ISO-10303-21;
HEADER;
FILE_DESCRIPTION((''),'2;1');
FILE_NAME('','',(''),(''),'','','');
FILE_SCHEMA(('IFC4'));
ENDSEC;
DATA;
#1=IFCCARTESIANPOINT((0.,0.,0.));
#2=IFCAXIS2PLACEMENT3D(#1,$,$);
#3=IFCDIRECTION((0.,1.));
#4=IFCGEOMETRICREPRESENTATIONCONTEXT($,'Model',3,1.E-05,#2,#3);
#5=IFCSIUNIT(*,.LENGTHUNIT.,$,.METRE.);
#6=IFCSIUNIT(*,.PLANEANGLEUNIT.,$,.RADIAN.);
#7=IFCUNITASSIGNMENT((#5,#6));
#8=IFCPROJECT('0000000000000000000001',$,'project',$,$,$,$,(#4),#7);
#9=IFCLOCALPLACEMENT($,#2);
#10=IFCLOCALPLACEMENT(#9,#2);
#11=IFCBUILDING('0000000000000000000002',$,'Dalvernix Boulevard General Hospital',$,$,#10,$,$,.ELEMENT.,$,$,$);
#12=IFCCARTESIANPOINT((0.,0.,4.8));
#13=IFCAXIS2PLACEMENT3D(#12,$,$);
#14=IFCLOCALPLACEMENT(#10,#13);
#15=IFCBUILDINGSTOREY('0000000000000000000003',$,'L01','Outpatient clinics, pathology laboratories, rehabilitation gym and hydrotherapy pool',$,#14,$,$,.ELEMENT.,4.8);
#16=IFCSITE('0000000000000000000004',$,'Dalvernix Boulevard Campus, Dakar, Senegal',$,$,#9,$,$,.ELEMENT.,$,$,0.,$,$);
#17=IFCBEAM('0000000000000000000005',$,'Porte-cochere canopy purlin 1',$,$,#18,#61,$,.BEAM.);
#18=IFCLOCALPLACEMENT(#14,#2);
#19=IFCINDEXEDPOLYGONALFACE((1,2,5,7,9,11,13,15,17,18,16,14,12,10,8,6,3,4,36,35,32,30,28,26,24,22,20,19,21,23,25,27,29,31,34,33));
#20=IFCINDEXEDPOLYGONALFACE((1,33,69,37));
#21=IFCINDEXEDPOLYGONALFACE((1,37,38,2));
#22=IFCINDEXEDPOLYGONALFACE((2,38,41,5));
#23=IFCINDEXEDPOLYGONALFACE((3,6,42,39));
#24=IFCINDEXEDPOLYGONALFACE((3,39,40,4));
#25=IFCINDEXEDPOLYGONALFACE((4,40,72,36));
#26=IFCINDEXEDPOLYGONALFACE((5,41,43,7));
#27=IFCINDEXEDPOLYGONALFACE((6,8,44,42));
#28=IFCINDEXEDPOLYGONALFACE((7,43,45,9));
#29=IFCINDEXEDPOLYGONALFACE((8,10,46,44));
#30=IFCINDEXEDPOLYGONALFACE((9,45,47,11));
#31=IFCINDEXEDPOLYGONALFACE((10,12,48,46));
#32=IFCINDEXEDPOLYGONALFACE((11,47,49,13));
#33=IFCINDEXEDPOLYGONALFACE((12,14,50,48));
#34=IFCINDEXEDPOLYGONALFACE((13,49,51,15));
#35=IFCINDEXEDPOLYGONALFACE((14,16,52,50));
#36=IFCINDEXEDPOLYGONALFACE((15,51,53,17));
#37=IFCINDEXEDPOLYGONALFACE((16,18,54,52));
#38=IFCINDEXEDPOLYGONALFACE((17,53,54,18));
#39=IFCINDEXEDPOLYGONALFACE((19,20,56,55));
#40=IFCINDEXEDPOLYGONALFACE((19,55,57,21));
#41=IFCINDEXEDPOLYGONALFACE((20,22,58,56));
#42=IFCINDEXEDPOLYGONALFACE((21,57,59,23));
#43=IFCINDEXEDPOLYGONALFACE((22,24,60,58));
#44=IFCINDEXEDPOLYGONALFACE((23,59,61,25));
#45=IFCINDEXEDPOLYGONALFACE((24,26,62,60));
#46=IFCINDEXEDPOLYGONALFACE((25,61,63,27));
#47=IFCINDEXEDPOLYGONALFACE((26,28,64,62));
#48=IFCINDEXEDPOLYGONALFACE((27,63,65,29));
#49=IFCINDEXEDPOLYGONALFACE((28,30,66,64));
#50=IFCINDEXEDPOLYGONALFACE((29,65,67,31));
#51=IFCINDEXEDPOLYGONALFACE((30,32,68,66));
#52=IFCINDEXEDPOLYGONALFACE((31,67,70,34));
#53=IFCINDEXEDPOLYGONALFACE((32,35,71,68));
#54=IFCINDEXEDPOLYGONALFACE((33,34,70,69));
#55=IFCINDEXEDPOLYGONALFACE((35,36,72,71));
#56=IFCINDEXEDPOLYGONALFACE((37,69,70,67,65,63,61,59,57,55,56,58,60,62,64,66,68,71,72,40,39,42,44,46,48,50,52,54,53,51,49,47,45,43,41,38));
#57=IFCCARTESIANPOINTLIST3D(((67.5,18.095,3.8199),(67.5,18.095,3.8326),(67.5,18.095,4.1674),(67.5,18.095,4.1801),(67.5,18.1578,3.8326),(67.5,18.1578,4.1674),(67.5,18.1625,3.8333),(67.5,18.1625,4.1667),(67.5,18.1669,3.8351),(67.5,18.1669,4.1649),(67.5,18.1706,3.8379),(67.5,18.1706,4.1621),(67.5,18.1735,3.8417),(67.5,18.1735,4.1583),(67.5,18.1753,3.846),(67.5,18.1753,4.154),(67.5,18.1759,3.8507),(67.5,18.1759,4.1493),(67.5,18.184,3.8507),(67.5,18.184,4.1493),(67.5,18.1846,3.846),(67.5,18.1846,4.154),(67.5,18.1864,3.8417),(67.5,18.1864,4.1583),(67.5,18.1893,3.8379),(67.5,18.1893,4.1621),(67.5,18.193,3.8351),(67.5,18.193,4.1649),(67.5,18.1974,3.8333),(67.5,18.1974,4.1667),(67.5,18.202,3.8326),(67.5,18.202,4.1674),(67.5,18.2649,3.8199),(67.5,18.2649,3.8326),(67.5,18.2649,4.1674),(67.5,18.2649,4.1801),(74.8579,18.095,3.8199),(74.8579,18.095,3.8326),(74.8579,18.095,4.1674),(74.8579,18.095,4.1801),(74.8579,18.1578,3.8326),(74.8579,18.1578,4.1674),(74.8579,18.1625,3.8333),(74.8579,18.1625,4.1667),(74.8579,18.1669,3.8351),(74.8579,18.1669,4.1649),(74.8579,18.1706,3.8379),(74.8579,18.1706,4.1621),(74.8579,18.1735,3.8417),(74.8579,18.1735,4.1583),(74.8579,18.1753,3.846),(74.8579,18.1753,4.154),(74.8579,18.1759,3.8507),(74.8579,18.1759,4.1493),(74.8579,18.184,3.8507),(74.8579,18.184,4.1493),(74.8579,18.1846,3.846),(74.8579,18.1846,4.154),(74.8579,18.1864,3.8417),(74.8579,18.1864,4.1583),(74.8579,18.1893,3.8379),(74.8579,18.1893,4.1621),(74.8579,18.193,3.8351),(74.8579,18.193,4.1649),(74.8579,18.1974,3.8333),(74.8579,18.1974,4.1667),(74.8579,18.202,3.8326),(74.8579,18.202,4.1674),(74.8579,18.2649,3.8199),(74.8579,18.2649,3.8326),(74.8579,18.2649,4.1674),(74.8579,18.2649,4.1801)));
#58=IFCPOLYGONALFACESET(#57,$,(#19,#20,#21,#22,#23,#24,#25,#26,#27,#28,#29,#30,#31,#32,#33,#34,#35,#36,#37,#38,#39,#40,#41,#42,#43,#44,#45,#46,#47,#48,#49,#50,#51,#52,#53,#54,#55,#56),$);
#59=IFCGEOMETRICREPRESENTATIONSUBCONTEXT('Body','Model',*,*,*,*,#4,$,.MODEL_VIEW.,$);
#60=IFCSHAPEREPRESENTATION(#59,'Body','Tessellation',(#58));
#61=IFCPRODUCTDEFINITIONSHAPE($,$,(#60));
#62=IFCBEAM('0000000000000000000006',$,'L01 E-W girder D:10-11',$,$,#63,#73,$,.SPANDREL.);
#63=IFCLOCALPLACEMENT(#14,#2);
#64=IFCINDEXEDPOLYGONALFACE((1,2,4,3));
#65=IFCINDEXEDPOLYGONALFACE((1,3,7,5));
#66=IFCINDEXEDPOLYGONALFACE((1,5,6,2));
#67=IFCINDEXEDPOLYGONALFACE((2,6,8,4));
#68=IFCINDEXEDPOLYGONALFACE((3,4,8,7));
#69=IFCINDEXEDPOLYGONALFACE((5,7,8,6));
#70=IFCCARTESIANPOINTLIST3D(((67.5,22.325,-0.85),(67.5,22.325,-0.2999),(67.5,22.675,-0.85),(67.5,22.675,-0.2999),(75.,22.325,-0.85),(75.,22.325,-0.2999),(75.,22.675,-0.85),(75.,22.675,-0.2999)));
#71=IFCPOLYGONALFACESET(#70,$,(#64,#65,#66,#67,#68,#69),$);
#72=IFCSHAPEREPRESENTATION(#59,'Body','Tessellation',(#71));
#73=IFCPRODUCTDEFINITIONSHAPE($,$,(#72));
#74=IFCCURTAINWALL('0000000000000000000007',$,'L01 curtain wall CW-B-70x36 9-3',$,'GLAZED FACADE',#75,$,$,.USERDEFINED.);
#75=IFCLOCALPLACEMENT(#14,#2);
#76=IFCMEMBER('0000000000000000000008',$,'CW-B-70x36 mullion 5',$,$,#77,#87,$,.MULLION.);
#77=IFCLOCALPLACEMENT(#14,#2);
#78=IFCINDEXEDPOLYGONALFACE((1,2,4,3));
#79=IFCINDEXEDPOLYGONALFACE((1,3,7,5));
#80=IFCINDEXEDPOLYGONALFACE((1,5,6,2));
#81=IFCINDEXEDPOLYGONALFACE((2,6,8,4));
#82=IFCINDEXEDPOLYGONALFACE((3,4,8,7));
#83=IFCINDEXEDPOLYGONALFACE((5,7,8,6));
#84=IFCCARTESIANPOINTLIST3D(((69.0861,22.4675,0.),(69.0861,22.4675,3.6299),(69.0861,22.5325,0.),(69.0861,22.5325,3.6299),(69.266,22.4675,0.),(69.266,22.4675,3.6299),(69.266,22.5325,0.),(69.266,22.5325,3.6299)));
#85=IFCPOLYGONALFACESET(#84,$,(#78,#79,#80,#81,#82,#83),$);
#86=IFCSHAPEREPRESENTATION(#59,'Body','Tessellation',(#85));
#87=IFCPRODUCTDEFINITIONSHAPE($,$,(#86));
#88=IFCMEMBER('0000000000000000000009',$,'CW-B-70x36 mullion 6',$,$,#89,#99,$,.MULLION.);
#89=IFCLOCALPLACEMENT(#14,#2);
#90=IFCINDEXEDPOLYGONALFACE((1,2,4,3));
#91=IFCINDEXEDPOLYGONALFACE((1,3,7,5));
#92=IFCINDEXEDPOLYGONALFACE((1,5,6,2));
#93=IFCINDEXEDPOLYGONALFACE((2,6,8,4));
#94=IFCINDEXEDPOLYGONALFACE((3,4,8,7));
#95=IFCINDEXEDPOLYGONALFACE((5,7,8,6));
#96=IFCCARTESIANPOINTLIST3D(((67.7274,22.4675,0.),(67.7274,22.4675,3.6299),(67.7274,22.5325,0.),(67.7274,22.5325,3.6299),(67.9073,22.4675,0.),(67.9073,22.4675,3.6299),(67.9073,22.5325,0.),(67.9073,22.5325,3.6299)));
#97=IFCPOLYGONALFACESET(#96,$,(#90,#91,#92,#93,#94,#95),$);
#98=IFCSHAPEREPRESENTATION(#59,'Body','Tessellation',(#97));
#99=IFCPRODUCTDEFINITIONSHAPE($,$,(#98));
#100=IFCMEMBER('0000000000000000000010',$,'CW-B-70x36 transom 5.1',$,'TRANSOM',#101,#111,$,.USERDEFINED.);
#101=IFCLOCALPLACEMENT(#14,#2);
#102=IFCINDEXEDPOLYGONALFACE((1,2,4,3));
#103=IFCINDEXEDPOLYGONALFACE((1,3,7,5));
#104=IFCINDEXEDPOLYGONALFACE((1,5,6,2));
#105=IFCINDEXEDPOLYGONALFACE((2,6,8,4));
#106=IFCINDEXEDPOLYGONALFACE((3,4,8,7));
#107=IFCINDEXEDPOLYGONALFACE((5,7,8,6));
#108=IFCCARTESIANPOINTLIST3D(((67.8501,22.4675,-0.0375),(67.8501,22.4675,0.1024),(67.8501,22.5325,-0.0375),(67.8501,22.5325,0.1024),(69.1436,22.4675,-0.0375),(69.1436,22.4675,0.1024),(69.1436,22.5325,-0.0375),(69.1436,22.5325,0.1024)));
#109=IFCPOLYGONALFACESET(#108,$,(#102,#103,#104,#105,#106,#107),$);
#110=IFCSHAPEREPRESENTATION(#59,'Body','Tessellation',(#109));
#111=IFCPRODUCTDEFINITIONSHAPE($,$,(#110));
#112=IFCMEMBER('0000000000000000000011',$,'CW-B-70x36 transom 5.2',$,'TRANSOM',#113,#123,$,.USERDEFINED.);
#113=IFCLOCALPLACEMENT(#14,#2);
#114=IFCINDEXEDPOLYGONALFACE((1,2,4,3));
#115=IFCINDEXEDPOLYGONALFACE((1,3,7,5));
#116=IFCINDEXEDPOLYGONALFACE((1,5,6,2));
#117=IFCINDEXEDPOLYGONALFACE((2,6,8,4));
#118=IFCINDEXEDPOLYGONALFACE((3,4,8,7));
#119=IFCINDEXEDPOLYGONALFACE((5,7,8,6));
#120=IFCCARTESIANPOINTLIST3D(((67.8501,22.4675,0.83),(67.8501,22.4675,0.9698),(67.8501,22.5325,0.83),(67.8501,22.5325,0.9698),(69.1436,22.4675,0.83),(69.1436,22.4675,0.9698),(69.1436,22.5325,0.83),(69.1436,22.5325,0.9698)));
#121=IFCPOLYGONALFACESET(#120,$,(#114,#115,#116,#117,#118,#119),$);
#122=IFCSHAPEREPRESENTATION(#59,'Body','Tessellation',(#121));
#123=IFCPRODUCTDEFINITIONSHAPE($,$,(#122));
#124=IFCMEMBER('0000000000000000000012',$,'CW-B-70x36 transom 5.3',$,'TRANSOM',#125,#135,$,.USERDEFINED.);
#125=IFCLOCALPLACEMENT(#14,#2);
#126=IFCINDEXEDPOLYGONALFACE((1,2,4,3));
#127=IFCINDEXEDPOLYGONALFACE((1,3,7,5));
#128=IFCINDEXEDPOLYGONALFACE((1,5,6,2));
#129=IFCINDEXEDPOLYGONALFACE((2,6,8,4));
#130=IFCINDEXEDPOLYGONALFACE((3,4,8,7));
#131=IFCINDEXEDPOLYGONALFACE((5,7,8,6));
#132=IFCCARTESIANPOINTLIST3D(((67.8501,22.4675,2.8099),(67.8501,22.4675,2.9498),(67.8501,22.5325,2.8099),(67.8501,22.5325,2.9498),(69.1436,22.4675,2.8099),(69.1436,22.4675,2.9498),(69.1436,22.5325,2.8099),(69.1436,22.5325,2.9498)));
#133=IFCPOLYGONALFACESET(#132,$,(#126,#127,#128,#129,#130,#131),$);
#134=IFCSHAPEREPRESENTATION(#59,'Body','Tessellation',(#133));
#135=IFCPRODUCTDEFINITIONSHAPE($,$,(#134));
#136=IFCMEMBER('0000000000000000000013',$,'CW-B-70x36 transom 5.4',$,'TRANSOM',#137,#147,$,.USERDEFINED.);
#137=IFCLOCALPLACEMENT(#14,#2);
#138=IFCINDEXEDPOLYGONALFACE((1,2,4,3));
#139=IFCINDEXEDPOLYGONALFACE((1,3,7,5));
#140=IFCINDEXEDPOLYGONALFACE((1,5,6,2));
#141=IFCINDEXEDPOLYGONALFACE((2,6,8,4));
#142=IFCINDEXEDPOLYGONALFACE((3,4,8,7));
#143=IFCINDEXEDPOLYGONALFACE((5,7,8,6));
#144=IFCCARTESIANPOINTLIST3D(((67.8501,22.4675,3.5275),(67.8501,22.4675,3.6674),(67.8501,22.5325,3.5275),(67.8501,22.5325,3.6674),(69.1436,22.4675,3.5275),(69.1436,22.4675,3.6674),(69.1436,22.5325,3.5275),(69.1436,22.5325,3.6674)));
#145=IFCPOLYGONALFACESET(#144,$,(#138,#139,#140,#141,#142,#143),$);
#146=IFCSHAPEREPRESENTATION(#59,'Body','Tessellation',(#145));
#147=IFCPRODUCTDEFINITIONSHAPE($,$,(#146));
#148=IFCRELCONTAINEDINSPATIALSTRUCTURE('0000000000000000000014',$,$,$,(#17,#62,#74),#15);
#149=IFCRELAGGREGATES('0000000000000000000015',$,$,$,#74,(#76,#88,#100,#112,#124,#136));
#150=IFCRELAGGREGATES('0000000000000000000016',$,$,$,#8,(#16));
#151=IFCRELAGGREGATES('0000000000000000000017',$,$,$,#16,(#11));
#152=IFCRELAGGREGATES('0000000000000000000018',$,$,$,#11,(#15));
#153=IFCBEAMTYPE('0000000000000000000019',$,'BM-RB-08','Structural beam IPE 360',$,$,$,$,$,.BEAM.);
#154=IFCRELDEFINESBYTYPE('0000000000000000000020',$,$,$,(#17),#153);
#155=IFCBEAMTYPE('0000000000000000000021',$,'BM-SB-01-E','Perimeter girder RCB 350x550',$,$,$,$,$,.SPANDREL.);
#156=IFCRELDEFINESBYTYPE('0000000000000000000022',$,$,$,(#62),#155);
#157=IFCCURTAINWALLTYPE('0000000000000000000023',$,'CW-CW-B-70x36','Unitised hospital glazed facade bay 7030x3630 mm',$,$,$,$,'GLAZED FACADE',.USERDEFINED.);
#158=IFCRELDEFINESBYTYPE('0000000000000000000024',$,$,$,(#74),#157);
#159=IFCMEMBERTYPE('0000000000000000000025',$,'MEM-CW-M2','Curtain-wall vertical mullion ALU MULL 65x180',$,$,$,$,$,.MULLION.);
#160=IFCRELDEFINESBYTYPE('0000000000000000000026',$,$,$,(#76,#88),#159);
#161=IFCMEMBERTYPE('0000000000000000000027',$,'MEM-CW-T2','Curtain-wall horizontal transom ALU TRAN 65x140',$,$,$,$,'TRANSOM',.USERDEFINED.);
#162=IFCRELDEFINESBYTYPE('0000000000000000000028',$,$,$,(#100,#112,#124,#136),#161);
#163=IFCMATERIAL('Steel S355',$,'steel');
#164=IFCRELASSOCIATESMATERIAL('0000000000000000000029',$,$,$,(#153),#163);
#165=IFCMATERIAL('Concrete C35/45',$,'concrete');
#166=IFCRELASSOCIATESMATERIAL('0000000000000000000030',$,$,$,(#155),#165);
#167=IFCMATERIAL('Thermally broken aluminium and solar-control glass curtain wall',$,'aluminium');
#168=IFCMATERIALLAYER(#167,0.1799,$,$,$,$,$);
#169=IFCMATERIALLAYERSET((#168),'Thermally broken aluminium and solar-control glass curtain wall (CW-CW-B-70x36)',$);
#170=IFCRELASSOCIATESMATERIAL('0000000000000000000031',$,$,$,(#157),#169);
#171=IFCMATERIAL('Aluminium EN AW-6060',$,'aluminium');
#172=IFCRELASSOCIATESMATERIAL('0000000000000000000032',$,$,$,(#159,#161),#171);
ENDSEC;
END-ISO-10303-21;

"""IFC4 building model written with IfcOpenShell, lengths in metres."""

from ifc_helpers import new_model, si_unit, direction, frame, origin, origin_2d, place, context, subcontext, project, spatial, rectangle, i_section, extrude, material, layer, layer_set, material_profile, profile_set, type_object, element, aggregate, save


model = new_model("IFC4")

# Units and contexts
model_context = context("Model", 3, precision=1e-05, world=origin(), true_north=direction((0.0, 1.0)))
body_context = subcontext(model_context, "Body", "Model", "MODEL_VIEW")
ifc_project = project(units=[si_unit("LENGTHUNIT", "METRE"), si_unit("PLANEANGLEUNIT", "RADIAN")], contexts=[model_context])

# Site, building, storey
site_placement = place(None, origin())
site = spatial("IfcSite", under=ifc_project, at=site_placement, Name="Dalvernix Boulevard Campus, Dakar, Senegal", CompositionType="ELEMENT", RefElevation=0.0)
building_placement = place(site_placement, origin())
building = spatial("IfcBuilding", under=site, at=building_placement, Name="Dalvernix Boulevard General Hospital", CompositionType="ELEMENT")
storey_placement = place(building_placement, frame((0.0, 0.0, 4.8)))
storey = spatial("IfcBuildingStorey", under=building, at=storey_placement, Name="L01", Description="Outpatient clinics, pathology laboratories, rehabilitation gym and hydrotherapy pool", CompositionType="ELEMENT", Elevation=4.8)

# Beams
ifc_material_1 = material(Name="Steel S355", Category="steel")
ifc_material_profile_1 = material_profile(ifc_material_1, i_section(OverallWidth=0.1699, OverallDepth=0.3601, WebThickness=0.0081, FlangeThickness=0.0127, FilletRadius=0.0181, at=origin_2d()), Name="IPE 360")
ifc_profile_set_1 = profile_set([ifc_material_profile_1], Name="Steel S355")
beam_type_1 = type_object("IfcBeamType", Name="BM-RB-08", Description="Structural beam IPE 360", PredefinedType="BEAM", material=ifc_profile_set_1)
beam_1_placement = place(storey_placement, frame((67.5, 18.1799, 4.0), z_axis=(1.0, 0.0, 0.0), x_axis=(0.0, 1.0, 0.0)))
element("IfcBeam", 1, at=beam_1_placement, inside=storey, type_object=beam_type_1, Name="Porte-cochere canopy purlin 1", PredefinedType="BEAM", context=body_context, shape_type="SweptSolid", body=[
    extrude(i_section(OverallWidth=0.1699, OverallDepth=0.3601, WebThickness=0.0081, FlangeThickness=0.0127, FilletRadius=0.0181, at=origin_2d()), origin(), (0.0, 0.0, 1.0), 7.3579),
])
ifc_material_2 = material(Name="Concrete C35/45", Category="concrete")
ifc_material_profile_2 = material_profile(ifc_material_2, rectangle(XDim=0.3501, YDim=0.55, at=origin_2d()), Name="RCB 350x550")
ifc_profile_set_2 = profile_set([ifc_material_profile_2], Name="Concrete C35/45")
beam_type_2 = type_object("IfcBeamType", Name="BM-SB-01-E", Description="Perimeter girder RCB 350x550", PredefinedType="SPANDREL", material=ifc_profile_set_2)
beam_2_placement = place(storey_placement, frame((67.5, 22.5, -0.575), z_axis=(1.0, 0.0, 0.0), x_axis=(0.0, 1.0, 0.0)))
element("IfcBeam", 2, at=beam_2_placement, inside=storey, type_object=beam_type_2, Name="L01 E-W girder D:10-11", PredefinedType="SPANDREL", context=body_context, shape_type="SweptSolid", body=[
    extrude(rectangle(XDim=0.3501, YDim=0.55, at=origin_2d()), origin(), (0.0, 0.0, 1.0), 7.5),
])

# Curtain wall, members
ifc_material_3 = material(Name="Thermally broken aluminium and solar-control glass curtain wall", Category="aluminium")
ifc_layer_1 = layer(ifc_material_3, 0.1799)
ifc_layer_set_1 = layer_set([ifc_layer_1], Name="Thermally broken aluminium and solar-control glass curtain wall (CW-CW-B-70x36)")
curtain_wall_type = type_object("IfcCurtainWallType", Name="CW-CW-B-70x36", Description="Unitised hospital glazed facade bay 7030x3630 mm", ElementType="GLAZED FACADE", PredefinedType="USERDEFINED", material=ifc_layer_set_1)
curtain_wall_placement = place(storey_placement, origin())
curtain_wall = element("IfcCurtainWall", 3, at=curtain_wall_placement, inside=storey, type_object=curtain_wall_type, Name="L01 curtain wall CW-B-70x36 9-3", ObjectType="GLAZED FACADE", PredefinedType="USERDEFINED")
ifc_material_4 = material(Name="Aluminium EN AW-6060", Category="aluminium")
ifc_material_profile_3 = material_profile(ifc_material_4, rectangle(XDim=0.0649, YDim=0.1799, at=origin_2d()), Name="ALU MULL 65x180")
ifc_profile_set_3 = profile_set([ifc_material_profile_3], Name="Aluminium EN AW-6060")
member_type_1 = type_object("IfcMemberType", Name="MEM-CW-M2", Description="Curtain-wall vertical mullion ALU MULL 65x180", PredefinedType="MULLION", material=ifc_profile_set_3)
member_1_placement = place(storey_placement, frame((69.176, 22.5, 0.0), z_axis=(0.0, 0.0, 1.0), x_axis=(0.0, -1.0, 0.0)))
member_1 = element("IfcMember", 4, at=member_1_placement, type_object=member_type_1, Name="CW-B-70x36 mullion 5", PredefinedType="MULLION", context=body_context, shape_type="SweptSolid", body=[
    extrude(rectangle(XDim=0.0649, YDim=0.1799, at=origin_2d()), origin(), (0.0, 0.0, 1.0), 3.6299),
])
member_2_placement = place(storey_placement, frame((67.8174, 22.5, 0.0), z_axis=(0.0, 0.0, 1.0), x_axis=(0.0, -1.0, 0.0)))
member_2 = element("IfcMember", 5, at=member_2_placement, type_object=member_type_1, Name="CW-B-70x36 mullion 6", PredefinedType="MULLION", context=body_context, shape_type="SweptSolid", body=[
    extrude(rectangle(XDim=0.0649, YDim=0.1799, at=origin_2d()), origin(), (0.0, 0.0, 1.0), 3.6299),
])
ifc_material_profile_4 = material_profile(ifc_material_4, rectangle(XDim=0.0649, YDim=0.1399, at=origin_2d()), Name="ALU TRAN 65x140")
ifc_profile_set_4 = profile_set([ifc_material_profile_4], Name="Aluminium EN AW-6060")
member_type_2 = type_object("IfcMemberType", Name="MEM-CW-T2", Description="Curtain-wall horizontal transom ALU TRAN 65x140", ElementType="TRANSOM", PredefinedType="USERDEFINED", material=ifc_profile_set_4)
member_3_placement = place(storey_placement, frame((69.1436, 22.5, 0.0325), z_axis=(-1.0, 0.0, 0.0), x_axis=(0.0, -1.0, 0.0)))
member_3 = element("IfcMember", 6, at=member_3_placement, type_object=member_type_2, Name="CW-B-70x36 transom 5.1", ObjectType="TRANSOM", PredefinedType="USERDEFINED", context=body_context, shape_type="SweptSolid", body=[
    extrude(rectangle(XDim=0.0649, YDim=0.1399, at=origin_2d()), origin(), (0.0, 0.0, 1.0), 1.2935),
])
member_4_placement = place(storey_placement, frame((69.1436, 22.5, 0.8999), z_axis=(-1.0, 0.0, 0.0), x_axis=(0.0, -1.0, 0.0)))
member_4 = element("IfcMember", 7, at=member_4_placement, type_object=member_type_2, Name="CW-B-70x36 transom 5.2", ObjectType="TRANSOM", PredefinedType="USERDEFINED", context=body_context, shape_type="SweptSolid", body=[
    extrude(rectangle(XDim=0.0649, YDim=0.1399, at=origin_2d()), origin(), (0.0, 0.0, 1.0), 1.2935),
])
member_5_placement = place(storey_placement, frame((69.1436, 22.5, 2.8799), z_axis=(-1.0, 0.0, 0.0), x_axis=(0.0, -1.0, 0.0)))
member_5 = element("IfcMember", 8, at=member_5_placement, type_object=member_type_2, Name="CW-B-70x36 transom 5.3", ObjectType="TRANSOM", PredefinedType="USERDEFINED", context=body_context, shape_type="SweptSolid", body=[
    extrude(rectangle(XDim=0.0649, YDim=0.1399, at=origin_2d()), origin(), (0.0, 0.0, 1.0), 1.2935),
])
member_6_placement = place(storey_placement, frame((69.1436, 22.5, 3.5974), z_axis=(-1.0, 0.0, 0.0), x_axis=(0.0, -1.0, 0.0)))
member_6 = element("IfcMember", 9, at=member_6_placement, type_object=member_type_2, Name="CW-B-70x36 transom 5.4", ObjectType="TRANSOM", PredefinedType="USERDEFINED", context=body_context, shape_type="SweptSolid", body=[
    extrude(rectangle(XDim=0.0649, YDim=0.1399, at=origin_2d()), origin(), (0.0, 0.0, 1.0), 1.2935),
])

aggregate(curtain_wall, [member_1, member_2, member_3, member_4, member_5, member_6])

save(model, "model.ifc")
